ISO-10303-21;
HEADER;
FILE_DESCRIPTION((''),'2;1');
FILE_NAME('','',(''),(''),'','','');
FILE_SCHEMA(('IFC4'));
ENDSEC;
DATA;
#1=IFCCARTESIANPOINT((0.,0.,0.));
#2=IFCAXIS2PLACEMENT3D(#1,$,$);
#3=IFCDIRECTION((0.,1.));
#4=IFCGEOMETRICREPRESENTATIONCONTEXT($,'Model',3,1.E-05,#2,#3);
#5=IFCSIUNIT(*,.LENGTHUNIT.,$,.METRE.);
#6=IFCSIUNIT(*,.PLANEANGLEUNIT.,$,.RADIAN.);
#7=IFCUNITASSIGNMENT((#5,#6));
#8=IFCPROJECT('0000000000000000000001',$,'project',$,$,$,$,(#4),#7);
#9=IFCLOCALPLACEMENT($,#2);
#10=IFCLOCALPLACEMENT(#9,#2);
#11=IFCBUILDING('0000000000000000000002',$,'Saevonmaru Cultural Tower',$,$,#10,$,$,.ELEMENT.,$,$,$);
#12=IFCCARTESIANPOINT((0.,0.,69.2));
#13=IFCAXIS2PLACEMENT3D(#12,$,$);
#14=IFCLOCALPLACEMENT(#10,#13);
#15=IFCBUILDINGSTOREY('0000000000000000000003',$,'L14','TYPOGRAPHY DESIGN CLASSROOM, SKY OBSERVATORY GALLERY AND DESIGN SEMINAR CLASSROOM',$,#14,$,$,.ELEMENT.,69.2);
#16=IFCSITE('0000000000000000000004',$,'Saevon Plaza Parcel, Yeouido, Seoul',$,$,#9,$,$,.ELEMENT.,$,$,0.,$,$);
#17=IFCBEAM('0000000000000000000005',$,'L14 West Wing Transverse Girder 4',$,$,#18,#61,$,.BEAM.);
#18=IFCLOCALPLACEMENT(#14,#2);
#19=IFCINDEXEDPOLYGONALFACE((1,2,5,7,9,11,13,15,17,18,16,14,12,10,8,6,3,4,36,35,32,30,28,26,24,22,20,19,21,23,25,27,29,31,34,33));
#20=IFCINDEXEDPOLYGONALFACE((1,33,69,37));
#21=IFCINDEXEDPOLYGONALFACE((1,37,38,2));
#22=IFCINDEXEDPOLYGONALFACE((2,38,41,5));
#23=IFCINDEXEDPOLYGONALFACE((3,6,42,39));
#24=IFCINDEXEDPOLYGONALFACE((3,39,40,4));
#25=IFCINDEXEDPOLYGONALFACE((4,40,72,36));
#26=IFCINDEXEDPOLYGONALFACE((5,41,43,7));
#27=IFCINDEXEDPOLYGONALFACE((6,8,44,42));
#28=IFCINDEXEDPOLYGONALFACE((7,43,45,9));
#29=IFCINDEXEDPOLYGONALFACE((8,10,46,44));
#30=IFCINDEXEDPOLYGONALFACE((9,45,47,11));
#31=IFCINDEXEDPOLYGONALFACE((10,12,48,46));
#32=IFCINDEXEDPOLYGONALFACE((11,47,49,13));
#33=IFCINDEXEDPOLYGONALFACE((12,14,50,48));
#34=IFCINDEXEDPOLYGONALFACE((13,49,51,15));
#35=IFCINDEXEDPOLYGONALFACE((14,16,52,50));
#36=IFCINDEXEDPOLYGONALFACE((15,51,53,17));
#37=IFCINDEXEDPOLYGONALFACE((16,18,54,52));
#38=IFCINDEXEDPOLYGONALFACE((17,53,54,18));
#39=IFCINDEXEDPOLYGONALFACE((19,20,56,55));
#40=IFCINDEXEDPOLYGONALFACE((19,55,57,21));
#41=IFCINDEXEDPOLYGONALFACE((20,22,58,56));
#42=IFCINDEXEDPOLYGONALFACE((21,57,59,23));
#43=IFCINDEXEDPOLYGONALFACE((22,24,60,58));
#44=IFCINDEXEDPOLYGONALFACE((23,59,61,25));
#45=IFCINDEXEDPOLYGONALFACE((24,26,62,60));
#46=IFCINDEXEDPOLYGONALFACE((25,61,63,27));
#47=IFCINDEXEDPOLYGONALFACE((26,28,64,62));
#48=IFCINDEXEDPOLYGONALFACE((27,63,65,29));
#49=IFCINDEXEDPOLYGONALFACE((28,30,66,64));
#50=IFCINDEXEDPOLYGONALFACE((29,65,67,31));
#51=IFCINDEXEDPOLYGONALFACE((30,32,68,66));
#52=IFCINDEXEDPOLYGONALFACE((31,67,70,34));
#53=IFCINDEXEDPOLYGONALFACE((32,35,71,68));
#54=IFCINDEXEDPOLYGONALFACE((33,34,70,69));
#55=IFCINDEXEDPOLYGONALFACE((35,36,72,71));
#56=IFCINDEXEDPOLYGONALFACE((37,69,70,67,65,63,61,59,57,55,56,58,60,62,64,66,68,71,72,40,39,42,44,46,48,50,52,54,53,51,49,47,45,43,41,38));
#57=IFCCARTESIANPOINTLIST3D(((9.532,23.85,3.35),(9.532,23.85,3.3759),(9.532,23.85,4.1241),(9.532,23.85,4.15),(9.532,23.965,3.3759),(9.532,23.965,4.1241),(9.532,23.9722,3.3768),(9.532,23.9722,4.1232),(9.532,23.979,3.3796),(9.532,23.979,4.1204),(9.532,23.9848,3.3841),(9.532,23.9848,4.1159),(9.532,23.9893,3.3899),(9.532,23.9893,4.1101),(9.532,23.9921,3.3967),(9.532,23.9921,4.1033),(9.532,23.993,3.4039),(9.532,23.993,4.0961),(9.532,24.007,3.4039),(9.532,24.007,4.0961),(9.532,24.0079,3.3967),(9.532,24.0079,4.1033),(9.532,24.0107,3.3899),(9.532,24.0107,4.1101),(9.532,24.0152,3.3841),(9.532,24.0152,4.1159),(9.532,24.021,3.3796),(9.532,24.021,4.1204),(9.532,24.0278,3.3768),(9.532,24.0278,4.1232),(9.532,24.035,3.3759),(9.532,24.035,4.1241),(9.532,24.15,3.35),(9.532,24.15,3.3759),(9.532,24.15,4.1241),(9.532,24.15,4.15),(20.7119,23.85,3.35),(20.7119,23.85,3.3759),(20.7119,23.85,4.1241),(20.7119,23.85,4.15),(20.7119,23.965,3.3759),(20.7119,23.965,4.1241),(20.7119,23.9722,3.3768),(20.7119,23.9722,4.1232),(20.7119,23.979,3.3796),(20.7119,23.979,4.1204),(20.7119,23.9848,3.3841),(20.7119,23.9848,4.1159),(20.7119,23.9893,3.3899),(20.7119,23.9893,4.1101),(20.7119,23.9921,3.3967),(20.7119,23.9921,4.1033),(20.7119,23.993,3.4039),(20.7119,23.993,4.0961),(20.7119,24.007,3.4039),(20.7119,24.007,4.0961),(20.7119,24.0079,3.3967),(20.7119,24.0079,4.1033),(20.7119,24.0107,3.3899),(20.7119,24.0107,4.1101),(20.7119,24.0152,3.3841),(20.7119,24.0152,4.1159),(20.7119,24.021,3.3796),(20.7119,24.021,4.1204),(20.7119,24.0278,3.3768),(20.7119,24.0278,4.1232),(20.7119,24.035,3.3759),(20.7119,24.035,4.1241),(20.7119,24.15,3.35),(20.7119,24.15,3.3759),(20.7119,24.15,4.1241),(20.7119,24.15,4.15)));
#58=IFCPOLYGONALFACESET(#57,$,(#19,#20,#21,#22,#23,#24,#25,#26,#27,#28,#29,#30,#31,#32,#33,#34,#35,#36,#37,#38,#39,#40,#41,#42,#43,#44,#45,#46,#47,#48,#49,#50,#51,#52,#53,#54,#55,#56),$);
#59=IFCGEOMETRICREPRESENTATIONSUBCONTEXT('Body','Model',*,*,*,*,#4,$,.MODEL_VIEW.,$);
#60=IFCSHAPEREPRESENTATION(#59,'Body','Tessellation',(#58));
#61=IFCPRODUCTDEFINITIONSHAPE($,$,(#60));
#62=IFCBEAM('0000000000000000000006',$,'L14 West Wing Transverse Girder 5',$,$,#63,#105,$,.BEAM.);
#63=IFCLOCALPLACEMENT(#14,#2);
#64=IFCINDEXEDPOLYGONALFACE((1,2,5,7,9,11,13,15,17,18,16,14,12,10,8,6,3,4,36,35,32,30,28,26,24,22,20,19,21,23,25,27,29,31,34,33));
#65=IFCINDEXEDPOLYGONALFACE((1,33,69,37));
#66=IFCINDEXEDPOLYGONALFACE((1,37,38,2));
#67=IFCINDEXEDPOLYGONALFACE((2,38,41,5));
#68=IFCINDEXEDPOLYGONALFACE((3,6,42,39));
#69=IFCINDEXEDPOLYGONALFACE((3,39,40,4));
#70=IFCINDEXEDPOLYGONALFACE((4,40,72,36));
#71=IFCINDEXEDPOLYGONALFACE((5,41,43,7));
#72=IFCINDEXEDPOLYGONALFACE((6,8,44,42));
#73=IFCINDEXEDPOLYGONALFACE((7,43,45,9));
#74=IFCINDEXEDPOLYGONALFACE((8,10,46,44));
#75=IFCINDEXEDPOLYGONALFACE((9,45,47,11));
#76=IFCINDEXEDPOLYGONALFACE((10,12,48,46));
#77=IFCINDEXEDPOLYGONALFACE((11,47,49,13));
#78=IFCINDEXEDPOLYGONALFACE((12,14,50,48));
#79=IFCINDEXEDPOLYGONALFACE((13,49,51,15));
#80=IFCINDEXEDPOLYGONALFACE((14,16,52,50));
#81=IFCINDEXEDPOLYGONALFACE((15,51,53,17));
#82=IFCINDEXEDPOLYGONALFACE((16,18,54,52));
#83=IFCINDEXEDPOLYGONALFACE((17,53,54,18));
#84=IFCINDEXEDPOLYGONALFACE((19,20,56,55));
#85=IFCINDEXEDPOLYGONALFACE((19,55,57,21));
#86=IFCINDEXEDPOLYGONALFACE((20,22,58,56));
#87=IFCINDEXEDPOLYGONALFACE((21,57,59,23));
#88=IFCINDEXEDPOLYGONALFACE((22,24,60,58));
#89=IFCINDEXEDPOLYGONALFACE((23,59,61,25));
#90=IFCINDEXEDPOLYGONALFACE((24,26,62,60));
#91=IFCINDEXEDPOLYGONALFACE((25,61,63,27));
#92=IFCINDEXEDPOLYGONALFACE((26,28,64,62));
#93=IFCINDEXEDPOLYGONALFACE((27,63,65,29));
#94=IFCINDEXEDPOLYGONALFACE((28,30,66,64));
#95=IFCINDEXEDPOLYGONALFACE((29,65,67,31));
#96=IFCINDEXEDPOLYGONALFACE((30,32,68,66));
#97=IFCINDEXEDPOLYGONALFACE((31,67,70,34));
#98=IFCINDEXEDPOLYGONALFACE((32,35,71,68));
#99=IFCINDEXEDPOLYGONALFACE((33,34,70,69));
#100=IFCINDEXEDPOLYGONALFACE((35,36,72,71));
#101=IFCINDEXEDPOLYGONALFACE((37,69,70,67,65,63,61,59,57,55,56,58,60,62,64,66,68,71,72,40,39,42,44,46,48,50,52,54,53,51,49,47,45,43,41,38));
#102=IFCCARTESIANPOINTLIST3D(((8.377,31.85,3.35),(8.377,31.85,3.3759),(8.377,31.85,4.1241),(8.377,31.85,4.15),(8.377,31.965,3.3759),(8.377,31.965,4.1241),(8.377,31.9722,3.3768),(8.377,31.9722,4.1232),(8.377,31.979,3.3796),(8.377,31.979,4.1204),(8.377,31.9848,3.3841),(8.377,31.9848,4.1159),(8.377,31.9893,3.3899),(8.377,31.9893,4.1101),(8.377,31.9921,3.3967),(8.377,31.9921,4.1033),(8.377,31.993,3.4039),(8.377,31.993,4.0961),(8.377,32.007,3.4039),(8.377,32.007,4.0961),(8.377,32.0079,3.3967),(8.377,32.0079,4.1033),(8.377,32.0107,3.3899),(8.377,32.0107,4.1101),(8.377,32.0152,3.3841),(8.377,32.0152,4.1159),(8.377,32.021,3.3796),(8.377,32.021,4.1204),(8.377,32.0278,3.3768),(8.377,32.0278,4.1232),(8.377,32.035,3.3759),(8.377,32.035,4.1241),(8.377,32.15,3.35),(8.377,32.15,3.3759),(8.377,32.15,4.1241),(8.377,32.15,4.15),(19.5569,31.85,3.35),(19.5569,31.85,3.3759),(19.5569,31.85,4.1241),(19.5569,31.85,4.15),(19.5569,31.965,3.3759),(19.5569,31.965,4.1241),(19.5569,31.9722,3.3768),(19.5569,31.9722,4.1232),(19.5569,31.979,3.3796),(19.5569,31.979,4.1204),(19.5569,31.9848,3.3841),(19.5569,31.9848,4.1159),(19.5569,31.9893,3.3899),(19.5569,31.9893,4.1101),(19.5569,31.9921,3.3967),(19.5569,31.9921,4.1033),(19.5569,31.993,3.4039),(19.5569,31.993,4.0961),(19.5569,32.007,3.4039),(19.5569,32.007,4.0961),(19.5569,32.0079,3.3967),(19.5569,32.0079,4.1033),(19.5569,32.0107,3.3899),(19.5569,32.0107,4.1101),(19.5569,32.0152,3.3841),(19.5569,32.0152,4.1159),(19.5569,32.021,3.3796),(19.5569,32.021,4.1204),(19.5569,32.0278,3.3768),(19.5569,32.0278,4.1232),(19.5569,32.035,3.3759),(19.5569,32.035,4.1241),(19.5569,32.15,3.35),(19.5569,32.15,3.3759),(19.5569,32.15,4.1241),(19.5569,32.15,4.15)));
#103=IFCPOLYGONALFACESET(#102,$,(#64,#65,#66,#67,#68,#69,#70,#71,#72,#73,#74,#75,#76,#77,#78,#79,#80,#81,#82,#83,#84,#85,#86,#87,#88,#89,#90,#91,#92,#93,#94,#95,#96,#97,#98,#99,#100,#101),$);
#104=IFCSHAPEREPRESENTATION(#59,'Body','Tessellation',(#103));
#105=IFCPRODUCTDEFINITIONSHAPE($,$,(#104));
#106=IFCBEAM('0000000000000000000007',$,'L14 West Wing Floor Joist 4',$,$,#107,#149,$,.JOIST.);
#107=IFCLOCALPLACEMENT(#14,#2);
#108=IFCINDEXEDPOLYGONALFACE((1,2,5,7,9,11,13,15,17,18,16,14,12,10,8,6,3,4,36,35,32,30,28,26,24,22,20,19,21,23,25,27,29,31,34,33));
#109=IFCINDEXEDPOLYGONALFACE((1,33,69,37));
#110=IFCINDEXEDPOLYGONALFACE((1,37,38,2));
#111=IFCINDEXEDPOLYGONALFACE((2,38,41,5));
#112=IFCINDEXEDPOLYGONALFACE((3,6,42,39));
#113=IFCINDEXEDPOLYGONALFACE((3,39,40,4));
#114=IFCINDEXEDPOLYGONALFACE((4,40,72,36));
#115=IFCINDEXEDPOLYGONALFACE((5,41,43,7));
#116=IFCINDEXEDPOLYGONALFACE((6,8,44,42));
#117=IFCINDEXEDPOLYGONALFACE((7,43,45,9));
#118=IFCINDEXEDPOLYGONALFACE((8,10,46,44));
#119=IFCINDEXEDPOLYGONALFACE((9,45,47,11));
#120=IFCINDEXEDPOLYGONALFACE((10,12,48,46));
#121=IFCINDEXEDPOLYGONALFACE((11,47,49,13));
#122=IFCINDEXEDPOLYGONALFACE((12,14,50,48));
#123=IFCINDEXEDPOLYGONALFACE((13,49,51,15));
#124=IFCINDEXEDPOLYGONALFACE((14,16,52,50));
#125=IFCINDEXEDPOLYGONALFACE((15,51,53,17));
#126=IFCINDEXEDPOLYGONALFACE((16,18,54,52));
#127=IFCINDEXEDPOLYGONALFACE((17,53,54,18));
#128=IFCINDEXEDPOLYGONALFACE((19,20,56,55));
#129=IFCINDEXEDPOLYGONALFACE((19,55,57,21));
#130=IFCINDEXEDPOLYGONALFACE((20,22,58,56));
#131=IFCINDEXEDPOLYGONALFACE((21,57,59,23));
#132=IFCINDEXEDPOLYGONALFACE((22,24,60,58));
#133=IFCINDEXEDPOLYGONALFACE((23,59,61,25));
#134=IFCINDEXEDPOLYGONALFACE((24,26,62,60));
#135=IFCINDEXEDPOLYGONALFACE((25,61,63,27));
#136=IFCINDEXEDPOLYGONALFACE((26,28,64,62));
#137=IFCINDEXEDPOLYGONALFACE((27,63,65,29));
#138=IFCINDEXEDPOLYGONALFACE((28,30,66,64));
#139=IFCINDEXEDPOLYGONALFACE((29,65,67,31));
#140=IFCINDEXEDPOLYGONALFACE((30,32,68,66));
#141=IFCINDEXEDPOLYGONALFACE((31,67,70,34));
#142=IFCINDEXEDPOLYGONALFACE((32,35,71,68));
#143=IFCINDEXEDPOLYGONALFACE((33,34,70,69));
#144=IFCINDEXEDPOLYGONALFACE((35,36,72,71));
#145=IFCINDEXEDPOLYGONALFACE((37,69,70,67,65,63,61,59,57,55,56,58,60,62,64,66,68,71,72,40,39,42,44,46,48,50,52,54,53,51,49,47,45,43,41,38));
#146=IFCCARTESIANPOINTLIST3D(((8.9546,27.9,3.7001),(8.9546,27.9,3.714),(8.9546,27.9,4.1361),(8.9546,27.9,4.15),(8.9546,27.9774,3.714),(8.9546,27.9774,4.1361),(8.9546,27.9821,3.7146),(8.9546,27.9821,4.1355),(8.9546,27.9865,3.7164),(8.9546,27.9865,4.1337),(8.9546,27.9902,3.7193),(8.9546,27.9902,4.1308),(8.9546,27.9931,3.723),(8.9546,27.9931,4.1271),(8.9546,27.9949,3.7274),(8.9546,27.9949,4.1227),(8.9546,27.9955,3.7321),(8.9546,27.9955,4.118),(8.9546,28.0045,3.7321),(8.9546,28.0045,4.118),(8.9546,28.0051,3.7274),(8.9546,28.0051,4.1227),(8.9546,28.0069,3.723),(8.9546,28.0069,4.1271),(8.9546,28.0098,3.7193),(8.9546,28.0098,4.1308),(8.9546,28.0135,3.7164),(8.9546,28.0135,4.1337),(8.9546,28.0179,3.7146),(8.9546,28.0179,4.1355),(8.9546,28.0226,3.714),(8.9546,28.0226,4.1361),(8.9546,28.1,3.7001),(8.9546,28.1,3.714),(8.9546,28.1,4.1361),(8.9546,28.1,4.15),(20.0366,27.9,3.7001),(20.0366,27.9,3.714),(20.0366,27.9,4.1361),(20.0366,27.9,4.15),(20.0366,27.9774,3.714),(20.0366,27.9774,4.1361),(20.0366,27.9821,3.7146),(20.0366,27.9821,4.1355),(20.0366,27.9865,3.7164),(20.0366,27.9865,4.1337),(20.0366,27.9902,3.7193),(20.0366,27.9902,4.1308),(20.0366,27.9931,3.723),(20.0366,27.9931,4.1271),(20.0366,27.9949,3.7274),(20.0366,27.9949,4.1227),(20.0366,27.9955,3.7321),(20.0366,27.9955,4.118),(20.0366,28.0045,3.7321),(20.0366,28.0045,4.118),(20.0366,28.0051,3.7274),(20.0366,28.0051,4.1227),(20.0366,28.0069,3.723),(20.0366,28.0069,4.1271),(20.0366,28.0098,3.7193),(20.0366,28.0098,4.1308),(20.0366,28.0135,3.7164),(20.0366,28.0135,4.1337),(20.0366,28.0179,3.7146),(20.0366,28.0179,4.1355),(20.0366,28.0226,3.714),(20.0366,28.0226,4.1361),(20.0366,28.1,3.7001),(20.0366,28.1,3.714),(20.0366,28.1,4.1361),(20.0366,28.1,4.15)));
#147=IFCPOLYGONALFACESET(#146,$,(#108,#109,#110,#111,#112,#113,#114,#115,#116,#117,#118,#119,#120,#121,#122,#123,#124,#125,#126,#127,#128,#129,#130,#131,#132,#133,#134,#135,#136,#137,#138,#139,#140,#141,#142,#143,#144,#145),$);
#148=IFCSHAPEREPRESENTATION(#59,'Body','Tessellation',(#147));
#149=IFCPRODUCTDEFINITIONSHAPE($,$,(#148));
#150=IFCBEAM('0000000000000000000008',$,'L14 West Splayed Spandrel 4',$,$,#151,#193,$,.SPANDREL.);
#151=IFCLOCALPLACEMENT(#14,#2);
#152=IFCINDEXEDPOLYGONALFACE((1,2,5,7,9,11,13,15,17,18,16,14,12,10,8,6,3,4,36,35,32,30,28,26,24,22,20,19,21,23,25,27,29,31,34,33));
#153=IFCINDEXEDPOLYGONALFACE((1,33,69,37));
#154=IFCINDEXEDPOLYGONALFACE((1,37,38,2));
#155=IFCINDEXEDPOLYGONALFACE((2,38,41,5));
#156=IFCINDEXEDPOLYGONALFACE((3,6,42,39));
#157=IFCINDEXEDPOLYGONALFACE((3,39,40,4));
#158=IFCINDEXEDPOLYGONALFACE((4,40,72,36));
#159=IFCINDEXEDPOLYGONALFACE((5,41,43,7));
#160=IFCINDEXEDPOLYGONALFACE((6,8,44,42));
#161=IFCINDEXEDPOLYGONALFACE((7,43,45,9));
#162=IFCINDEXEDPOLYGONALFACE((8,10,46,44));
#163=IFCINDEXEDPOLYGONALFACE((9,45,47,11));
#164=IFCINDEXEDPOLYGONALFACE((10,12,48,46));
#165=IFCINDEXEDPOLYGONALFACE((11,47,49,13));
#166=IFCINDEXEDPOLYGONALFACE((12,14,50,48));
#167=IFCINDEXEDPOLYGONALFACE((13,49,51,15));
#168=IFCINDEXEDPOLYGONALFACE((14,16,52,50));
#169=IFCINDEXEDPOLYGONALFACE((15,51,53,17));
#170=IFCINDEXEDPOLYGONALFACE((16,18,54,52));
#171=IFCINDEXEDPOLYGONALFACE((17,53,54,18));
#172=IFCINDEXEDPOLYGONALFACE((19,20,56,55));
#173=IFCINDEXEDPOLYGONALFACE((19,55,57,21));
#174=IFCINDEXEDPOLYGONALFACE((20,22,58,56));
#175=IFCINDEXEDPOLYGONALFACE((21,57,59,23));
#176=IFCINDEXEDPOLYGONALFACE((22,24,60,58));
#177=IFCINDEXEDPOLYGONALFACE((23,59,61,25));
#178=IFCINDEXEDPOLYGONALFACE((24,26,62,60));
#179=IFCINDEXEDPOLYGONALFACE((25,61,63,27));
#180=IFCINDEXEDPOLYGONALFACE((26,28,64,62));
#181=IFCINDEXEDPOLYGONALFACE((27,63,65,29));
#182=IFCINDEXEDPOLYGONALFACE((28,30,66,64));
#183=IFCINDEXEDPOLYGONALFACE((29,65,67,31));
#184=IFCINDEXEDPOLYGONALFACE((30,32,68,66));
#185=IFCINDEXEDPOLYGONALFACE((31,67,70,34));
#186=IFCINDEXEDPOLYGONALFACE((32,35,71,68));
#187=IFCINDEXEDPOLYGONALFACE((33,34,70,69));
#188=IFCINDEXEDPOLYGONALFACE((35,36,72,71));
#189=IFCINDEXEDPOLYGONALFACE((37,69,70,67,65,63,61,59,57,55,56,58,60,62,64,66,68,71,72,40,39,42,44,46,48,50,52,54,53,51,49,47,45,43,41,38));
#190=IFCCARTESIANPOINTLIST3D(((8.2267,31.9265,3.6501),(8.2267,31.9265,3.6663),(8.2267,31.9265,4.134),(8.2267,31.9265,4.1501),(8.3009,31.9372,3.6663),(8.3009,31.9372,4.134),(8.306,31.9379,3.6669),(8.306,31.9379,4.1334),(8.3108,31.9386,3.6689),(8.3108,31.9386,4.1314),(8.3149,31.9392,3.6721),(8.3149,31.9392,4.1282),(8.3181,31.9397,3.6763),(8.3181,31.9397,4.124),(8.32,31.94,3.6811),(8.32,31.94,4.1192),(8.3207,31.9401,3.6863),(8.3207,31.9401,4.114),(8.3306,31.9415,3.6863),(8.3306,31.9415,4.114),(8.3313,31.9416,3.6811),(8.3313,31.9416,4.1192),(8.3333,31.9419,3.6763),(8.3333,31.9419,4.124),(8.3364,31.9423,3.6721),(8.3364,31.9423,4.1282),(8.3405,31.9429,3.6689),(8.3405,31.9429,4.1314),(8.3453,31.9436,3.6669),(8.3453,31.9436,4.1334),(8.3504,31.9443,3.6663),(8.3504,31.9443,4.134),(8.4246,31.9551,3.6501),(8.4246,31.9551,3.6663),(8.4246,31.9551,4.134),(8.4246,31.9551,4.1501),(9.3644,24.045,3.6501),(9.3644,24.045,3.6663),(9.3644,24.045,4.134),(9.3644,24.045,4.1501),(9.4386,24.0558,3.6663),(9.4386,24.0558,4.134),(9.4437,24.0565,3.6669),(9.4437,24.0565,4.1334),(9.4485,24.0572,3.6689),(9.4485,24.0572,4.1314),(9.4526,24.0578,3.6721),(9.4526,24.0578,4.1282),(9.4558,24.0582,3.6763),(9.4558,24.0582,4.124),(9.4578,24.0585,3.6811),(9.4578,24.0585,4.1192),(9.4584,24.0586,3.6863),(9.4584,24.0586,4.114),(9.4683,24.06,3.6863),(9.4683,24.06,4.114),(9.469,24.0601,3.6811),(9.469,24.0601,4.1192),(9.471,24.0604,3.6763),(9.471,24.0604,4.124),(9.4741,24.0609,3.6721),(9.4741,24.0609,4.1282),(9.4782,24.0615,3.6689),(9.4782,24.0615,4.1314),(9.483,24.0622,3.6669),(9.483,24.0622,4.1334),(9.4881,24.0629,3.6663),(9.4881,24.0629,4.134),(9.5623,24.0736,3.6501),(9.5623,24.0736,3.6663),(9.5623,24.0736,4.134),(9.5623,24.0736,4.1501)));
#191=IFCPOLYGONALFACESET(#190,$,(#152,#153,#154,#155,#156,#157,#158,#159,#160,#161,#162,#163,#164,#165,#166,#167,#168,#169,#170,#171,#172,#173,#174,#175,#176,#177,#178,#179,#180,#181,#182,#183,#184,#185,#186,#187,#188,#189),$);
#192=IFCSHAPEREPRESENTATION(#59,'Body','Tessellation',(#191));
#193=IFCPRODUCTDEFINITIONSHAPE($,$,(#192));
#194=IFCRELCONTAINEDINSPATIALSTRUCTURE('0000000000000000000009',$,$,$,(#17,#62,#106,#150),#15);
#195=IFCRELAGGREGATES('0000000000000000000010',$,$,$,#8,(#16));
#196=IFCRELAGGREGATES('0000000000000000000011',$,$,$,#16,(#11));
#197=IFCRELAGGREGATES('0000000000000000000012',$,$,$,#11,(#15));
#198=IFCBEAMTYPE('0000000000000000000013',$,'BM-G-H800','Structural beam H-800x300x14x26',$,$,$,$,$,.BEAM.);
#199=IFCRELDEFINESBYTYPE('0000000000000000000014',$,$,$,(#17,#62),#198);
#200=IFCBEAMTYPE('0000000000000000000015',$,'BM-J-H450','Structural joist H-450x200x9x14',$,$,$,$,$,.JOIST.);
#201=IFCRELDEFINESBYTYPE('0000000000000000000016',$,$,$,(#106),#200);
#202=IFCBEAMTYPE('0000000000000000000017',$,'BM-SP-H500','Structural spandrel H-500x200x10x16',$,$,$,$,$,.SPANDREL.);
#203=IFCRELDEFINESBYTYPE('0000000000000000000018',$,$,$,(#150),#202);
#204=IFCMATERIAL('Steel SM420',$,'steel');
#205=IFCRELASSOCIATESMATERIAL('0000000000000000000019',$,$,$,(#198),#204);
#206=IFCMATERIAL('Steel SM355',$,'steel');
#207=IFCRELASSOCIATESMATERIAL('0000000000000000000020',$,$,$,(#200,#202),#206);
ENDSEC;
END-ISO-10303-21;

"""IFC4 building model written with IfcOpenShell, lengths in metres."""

from ifc_helpers import new_model, si_unit, direction, frame, origin, origin_2d, place, context, subcontext, project, spatial, i_section, extrude, material, material_profile, profile_set, type_object, element, save


model = new_model("IFC4")

# Units and contexts
model_context = context("Model", 3, precision=1e-05, world=origin(), true_north=direction((0.0, 1.0)))
body_context = subcontext(model_context, "Body", "Model", "MODEL_VIEW")
ifc_project = project(units=[si_unit("LENGTHUNIT", "METRE"), si_unit("PLANEANGLEUNIT", "RADIAN")], contexts=[model_context])

# Site, building, storey
site_placement = place(None, origin())
site = spatial("IfcSite", under=ifc_project, at=site_placement, Name="Saevon Plaza Parcel, Yeouido, Seoul", CompositionType="ELEMENT", RefElevation=0.0)
building_placement = place(site_placement, origin())
building = spatial("IfcBuilding", under=site, at=building_placement, Name="Saevonmaru Cultural Tower", CompositionType="ELEMENT")
storey_placement = place(building_placement, frame((0.0, 0.0, 69.2)))
storey = spatial("IfcBuildingStorey", under=building, at=storey_placement, Name="L14", Description="TYPOGRAPHY DESIGN CLASSROOM, SKY OBSERVATORY GALLERY AND DESIGN SEMINAR CLASSROOM", CompositionType="ELEMENT", Elevation=69.2)

# Shared definitions
ifc_material_1 = material(Name="Steel SM420", Category="steel")

# Beams
ifc_material_profile_1 = material_profile(ifc_material_1, i_section(OverallWidth=0.3, OverallDepth=0.8, WebThickness=0.0139, FlangeThickness=0.0259, FilletRadius=0.0281, at=origin_2d()), Name="H-800x300x14x26")
ifc_profile_set_1 = profile_set([ifc_material_profile_1], Name="Steel SM420")
beam_type_1 = type_object("IfcBeamType", Name="BM-G-H800", Description="Structural beam H-800x300x14x26", PredefinedType="BEAM", material=ifc_profile_set_1)
for number, where, z_axis, x_axis, name in (
    (1, (9.532, 24.0, 3.75), (1.0, 0.0, 0.0), (0.0, 1.0, 0.0), "L14 West Wing Transverse Girder 4"),
    (2, (8.377, 32.0, 3.75), (1.0, 0.0, 0.0), (0.0, 1.0, 0.0), "L14 West Wing Transverse Girder 5"),
):
    element("IfcBeam", number, at=place(storey_placement, frame(where, z_axis=z_axis, x_axis=x_axis)), inside=storey, type_object=beam_type_1, Name=name, PredefinedType="BEAM", context=body_context, shape_type="SweptSolid", body=[
        extrude(i_section(OverallWidth=0.3, OverallDepth=0.8, WebThickness=0.0139, FlangeThickness=0.0259, FilletRadius=0.0281, at=origin_2d()), origin(), (0.0, 0.0, 1.0), 11.1799),
    ])
ifc_material_2 = material(Name="Steel SM355", Category="steel")
ifc_material_profile_2 = material_profile(ifc_material_2, i_section(OverallWidth=0.2, OverallDepth=0.45, WebThickness=0.009, FlangeThickness=0.0139, FilletRadius=0.0181, at=origin_2d()), Name="H-450x200x9x14")
ifc_profile_set_2 = profile_set([ifc_material_profile_2], Name="Steel SM355")
beam_type_2 = type_object("IfcBeamType", Name="BM-J-H450", Description="Structural joist H-450x200x9x14", PredefinedType="JOIST", material=ifc_profile_set_2)
beam_1_placement = place(storey_placement, frame((8.9546, 28.0, 3.925), z_axis=(1.0, 0.0, 0.0), x_axis=(0.0, 1.0, 0.0)))
element("IfcBeam", 3, at=beam_1_placement, inside=storey, type_object=beam_type_2, Name="L14 West Wing Floor Joist 4", PredefinedType="JOIST", context=body_context, shape_type="SweptSolid", body=[
    extrude(i_section(OverallWidth=0.2, OverallDepth=0.45, WebThickness=0.009, FlangeThickness=0.0139, FilletRadius=0.0181, at=origin_2d()), origin(), (0.0, 0.0, 1.0), 11.082),
])
ifc_material_profile_3 = material_profile(ifc_material_2, i_section(OverallWidth=0.2, OverallDepth=0.5, WebThickness=0.01, FlangeThickness=0.0161, FilletRadius=0.02, at=origin_2d()), Name="H-500x200x10x16")
ifc_profile_set_3 = profile_set([ifc_material_profile_3], Name="Steel SM355")
beam_type_3 = type_object("IfcBeamType", Name="BM-SP-H500", Description="Structural spandrel H-500x200x10x16", PredefinedType="SPANDREL", material=ifc_profile_set_3)
beam_2_placement = place(storey_placement, frame((9.4634, 24.0593, 3.9001), z_axis=(-0.142872, 0.989741, 0.0), x_axis=(-0.989741, -0.142872, 0.0)))
element("IfcBeam", 4, at=beam_2_placement, inside=storey, type_object=beam_type_3, Name="L14 West Splayed Spandrel 4", PredefinedType="SPANDREL", context=body_context, shape_type="SweptSolid", body=[
    extrude(i_section(OverallWidth=0.2, OverallDepth=0.5, WebThickness=0.01, FlangeThickness=0.0161, FilletRadius=0.02, at=origin_2d()), origin(), (0.0, 0.0, 1.0), 7.9631),
])

save(model, "model.ifc")
